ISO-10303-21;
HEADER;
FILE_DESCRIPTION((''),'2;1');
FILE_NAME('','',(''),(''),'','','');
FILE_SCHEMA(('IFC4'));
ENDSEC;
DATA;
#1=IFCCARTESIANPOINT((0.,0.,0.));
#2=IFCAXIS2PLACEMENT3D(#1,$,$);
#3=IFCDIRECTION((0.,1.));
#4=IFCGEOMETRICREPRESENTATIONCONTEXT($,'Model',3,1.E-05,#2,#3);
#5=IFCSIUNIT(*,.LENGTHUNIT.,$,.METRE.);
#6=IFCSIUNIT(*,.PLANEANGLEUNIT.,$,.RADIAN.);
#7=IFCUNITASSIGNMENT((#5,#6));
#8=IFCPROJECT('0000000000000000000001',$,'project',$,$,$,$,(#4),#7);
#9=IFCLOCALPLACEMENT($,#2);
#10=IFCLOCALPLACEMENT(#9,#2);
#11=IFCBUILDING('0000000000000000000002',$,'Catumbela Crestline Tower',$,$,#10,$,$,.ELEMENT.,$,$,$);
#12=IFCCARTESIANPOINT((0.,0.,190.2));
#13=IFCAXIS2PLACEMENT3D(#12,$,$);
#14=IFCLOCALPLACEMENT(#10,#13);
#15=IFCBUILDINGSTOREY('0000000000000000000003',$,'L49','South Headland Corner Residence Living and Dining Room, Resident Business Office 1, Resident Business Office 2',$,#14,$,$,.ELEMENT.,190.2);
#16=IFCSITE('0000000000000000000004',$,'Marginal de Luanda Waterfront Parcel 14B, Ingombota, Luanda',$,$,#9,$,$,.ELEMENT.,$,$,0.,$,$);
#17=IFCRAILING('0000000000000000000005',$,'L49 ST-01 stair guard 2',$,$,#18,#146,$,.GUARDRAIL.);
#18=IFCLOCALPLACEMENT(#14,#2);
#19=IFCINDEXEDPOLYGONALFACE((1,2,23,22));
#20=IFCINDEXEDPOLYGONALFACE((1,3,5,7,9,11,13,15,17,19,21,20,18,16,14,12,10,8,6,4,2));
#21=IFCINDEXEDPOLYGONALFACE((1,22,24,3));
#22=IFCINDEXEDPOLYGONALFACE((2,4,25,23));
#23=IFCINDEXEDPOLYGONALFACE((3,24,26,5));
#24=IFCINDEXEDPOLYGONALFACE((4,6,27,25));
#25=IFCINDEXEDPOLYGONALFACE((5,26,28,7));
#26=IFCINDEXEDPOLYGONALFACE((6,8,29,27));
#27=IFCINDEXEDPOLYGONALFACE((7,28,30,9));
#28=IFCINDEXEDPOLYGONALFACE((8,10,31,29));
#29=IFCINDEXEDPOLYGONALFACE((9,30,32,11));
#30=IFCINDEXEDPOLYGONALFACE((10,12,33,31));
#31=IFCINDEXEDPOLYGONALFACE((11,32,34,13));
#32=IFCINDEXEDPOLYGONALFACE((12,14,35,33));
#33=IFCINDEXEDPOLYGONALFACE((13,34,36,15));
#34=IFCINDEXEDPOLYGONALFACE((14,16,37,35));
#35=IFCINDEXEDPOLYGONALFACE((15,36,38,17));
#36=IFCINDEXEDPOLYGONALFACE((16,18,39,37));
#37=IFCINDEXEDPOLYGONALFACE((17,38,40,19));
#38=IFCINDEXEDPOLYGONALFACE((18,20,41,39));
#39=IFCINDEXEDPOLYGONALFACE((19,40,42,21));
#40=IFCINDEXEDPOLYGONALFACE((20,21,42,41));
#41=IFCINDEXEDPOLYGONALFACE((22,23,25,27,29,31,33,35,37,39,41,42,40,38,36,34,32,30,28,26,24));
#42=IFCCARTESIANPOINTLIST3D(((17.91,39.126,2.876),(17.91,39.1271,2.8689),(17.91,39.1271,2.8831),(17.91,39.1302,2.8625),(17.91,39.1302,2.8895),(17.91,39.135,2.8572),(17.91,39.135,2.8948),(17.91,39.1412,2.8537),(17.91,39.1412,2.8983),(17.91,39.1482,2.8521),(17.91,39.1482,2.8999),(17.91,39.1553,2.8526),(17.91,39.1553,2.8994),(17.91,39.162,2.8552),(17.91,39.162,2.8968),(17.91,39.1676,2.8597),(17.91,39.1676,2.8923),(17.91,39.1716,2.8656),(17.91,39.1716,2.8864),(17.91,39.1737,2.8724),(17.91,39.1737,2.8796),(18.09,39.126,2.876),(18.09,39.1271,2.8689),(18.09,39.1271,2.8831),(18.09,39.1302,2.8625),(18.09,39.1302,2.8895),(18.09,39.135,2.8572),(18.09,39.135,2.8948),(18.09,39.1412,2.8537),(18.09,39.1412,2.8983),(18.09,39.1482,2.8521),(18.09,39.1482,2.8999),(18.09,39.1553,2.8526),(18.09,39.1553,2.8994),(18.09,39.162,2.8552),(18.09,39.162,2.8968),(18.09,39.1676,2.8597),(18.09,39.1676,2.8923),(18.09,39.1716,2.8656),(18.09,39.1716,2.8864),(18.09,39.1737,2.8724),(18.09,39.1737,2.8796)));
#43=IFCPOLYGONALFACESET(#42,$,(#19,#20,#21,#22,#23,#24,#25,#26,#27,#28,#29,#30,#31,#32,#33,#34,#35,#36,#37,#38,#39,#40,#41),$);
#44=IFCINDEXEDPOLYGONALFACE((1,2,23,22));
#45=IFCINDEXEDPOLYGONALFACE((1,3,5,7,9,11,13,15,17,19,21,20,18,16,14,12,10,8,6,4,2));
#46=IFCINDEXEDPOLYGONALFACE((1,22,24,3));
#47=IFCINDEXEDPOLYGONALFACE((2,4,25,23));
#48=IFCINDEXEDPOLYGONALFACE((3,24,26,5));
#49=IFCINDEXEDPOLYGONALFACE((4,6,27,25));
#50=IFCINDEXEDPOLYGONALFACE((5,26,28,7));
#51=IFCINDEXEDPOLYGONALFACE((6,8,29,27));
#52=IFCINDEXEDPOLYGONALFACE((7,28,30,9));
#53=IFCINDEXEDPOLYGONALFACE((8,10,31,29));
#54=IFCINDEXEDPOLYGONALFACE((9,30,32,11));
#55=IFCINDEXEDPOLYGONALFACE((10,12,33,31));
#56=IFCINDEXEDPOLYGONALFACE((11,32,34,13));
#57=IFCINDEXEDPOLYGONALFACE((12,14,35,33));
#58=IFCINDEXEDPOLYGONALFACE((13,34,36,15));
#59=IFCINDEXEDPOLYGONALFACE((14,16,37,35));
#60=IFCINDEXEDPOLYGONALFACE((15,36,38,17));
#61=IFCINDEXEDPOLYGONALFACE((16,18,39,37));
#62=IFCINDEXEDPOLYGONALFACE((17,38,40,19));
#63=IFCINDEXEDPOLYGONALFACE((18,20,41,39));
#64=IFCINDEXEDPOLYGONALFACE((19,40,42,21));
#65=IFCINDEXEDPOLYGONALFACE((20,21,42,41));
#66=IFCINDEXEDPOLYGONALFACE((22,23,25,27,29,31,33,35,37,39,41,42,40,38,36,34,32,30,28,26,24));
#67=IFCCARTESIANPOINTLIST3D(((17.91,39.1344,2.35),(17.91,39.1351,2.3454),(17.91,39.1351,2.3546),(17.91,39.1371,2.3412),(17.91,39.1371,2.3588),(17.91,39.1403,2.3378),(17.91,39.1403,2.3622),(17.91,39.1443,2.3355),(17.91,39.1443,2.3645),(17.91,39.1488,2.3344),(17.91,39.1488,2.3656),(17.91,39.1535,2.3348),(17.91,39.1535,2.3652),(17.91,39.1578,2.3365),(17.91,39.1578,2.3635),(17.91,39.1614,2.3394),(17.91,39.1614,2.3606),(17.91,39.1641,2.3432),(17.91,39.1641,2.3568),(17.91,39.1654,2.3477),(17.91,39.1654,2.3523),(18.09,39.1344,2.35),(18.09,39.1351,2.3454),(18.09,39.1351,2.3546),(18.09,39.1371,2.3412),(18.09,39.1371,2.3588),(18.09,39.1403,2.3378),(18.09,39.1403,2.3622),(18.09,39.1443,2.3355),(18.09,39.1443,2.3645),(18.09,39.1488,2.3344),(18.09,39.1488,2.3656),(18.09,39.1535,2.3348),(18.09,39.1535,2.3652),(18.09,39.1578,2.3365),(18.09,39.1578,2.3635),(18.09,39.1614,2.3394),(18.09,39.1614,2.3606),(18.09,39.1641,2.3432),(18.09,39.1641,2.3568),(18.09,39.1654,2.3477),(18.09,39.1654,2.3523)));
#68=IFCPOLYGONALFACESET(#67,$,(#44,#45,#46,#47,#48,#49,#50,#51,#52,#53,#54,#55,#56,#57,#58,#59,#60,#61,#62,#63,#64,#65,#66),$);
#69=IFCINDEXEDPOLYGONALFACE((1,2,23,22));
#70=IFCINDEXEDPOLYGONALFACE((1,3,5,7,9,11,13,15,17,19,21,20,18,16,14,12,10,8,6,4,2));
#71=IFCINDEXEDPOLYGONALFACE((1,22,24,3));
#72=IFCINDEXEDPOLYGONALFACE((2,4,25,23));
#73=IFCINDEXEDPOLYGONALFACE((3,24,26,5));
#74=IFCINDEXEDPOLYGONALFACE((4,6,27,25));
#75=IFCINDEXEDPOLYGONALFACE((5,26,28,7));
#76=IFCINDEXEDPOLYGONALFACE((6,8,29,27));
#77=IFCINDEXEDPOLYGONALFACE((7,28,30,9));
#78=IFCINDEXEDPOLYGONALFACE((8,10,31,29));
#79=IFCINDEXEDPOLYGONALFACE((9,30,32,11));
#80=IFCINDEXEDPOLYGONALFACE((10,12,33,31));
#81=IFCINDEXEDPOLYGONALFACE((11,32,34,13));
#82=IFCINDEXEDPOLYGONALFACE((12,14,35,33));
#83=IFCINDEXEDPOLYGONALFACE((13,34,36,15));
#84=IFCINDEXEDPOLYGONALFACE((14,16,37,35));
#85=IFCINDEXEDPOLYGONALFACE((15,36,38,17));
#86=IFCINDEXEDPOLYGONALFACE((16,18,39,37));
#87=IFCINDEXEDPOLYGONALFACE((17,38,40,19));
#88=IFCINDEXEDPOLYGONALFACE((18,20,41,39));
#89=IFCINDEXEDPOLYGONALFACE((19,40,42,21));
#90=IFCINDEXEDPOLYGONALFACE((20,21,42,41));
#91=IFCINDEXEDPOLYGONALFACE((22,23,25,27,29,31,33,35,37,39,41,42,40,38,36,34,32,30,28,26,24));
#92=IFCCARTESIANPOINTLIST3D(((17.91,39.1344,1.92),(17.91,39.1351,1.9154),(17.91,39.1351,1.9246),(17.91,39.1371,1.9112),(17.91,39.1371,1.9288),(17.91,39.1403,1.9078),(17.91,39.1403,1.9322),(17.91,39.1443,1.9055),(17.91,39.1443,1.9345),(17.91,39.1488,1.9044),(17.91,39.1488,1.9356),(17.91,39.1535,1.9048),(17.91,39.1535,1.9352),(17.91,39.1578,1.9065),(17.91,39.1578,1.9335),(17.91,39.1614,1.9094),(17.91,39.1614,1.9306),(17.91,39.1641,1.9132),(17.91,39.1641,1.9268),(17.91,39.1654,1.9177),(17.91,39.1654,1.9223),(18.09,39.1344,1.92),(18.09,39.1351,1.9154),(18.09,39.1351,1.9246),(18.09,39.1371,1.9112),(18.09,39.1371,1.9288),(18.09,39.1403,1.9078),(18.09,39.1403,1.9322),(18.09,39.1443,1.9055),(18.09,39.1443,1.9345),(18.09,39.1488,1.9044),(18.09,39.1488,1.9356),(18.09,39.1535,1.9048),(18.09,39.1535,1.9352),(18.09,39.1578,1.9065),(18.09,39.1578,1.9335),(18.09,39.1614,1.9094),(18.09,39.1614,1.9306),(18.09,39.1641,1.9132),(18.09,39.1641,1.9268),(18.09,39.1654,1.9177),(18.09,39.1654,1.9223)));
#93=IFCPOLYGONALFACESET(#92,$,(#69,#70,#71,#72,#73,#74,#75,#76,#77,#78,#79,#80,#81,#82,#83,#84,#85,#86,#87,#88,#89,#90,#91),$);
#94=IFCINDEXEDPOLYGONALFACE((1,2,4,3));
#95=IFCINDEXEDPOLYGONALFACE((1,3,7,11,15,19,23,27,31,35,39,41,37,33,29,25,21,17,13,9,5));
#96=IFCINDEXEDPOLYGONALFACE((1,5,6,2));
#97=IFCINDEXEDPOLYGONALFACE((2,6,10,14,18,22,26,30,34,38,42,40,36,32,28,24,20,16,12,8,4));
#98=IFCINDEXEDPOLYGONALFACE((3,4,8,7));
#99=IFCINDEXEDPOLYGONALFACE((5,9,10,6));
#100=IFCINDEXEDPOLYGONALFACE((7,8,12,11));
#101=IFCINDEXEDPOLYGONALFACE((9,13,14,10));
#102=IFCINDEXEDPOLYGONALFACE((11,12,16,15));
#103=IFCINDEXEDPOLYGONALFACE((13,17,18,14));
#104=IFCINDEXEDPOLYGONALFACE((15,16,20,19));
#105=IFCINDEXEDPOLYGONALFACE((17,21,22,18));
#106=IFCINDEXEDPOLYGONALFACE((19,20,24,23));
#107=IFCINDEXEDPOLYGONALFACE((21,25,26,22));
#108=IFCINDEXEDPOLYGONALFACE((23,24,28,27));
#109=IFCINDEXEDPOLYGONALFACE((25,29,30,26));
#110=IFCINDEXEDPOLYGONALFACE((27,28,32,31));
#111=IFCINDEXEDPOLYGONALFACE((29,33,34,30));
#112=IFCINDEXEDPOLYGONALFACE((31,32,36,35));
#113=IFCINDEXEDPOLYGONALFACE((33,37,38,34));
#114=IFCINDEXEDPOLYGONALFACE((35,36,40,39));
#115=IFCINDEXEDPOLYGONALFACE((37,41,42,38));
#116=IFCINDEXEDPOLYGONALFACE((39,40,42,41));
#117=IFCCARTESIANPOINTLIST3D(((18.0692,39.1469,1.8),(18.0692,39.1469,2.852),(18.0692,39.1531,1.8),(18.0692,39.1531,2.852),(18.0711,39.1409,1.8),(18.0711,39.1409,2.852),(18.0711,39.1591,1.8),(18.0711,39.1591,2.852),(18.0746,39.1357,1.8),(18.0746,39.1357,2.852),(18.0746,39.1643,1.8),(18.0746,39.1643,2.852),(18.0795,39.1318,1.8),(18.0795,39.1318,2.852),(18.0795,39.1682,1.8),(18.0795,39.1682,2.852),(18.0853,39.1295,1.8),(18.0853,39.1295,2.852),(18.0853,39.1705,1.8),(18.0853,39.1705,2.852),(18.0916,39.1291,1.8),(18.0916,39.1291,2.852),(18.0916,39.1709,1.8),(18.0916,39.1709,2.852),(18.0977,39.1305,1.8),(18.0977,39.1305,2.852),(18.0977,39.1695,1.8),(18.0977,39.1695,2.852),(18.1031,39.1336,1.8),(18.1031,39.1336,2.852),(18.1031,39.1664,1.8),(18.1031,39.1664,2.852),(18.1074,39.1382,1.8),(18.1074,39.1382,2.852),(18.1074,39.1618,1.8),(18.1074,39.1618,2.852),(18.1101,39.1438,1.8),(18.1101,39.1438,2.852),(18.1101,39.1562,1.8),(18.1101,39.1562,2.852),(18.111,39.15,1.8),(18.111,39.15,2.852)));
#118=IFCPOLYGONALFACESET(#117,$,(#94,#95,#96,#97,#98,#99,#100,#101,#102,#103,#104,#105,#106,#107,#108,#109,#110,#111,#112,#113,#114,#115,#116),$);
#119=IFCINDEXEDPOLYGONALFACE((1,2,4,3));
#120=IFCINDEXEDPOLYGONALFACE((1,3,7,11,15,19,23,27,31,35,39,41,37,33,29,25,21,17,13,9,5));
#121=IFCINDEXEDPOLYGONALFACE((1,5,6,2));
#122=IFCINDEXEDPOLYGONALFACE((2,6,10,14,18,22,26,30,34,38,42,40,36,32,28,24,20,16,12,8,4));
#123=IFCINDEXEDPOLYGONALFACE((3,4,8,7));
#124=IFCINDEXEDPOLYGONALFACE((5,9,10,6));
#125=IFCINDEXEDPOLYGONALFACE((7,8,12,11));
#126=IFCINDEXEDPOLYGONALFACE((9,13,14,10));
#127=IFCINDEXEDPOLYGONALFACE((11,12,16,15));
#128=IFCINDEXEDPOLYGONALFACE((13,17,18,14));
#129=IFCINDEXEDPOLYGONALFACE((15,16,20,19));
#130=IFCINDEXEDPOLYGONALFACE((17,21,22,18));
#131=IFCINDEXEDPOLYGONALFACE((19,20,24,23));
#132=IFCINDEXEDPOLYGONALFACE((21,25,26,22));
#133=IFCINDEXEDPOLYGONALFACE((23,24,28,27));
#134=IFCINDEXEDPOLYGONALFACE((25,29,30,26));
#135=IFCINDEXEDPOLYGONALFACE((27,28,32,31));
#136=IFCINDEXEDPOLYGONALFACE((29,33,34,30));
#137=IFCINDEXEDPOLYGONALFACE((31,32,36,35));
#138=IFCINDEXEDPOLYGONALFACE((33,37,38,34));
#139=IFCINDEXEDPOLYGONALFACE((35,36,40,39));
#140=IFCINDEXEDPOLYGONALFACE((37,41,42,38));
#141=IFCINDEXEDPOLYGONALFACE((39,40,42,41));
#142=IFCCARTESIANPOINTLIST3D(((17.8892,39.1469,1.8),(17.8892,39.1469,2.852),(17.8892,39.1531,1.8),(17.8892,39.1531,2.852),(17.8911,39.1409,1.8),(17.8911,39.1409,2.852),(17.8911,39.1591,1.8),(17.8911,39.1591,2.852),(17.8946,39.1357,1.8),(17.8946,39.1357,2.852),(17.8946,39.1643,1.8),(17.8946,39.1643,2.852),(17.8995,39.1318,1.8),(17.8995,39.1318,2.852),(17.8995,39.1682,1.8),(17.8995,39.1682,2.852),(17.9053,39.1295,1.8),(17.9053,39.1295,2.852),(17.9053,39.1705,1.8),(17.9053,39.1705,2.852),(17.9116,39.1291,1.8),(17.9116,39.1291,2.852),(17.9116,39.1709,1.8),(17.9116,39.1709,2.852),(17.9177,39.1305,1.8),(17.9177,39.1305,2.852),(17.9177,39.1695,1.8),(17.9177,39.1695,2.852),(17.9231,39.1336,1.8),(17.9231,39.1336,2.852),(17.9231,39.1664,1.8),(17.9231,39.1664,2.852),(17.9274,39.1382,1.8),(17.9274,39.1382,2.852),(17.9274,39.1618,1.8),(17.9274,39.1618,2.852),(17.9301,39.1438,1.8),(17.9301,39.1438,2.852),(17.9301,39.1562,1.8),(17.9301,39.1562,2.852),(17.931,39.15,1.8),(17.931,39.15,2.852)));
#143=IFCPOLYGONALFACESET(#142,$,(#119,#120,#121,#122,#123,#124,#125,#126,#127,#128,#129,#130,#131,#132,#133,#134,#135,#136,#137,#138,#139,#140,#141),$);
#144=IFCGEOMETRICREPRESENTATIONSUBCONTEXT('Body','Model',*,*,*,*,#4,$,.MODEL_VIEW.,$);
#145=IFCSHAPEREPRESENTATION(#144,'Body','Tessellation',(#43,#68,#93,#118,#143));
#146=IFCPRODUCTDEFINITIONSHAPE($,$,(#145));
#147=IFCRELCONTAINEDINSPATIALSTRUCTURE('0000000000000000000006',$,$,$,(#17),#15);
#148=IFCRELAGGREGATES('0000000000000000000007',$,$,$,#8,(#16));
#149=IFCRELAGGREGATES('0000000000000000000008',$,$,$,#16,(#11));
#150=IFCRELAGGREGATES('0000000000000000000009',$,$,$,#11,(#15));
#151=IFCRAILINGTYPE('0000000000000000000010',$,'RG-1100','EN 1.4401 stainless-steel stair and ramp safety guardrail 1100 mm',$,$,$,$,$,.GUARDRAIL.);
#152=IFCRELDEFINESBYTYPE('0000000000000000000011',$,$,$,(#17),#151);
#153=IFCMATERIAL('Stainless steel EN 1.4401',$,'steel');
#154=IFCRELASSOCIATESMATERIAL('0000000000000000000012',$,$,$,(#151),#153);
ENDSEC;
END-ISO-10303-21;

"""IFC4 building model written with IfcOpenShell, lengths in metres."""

from ifc_helpers import new_model, si_unit, direction, frame, origin, origin_2d, place, context, subcontext, project, spatial, circle, extrude, material, type_object, element, save


model = new_model("IFC4")

# Units and contexts
model_context = context("Model", 3, precision=1e-05, world=origin(), true_north=direction((0.0, 1.0)))
body_context = subcontext(model_context, "Body", "Model", "MODEL_VIEW")
ifc_project = project(units=[si_unit("LENGTHUNIT", "METRE"), si_unit("PLANEANGLEUNIT", "RADIAN")], contexts=[model_context])

# Site, building, storey
site_placement = place(None, origin())
site = spatial("IfcSite", under=ifc_project, at=site_placement, Name="Marginal de Luanda Waterfront Parcel 14B, Ingombota, Luanda", CompositionType="ELEMENT", RefElevation=0.0)
building_placement = place(site_placement, origin())
building = spatial("IfcBuilding", under=site, at=building_placement, Name="Catumbela Crestline Tower", CompositionType="ELEMENT")
storey_placement = place(building_placement, frame((0.0, 0.0, 190.2)))
storey = spatial("IfcBuildingStorey", under=building, at=storey_placement, Name="L49", Description="South Headland Corner Residence Living and Dining Room, Resident Business Office 1, Resident Business Office 2", CompositionType="ELEMENT", Elevation=190.2)

# Railing
ifc_material_1 = material(Name="Stainless steel EN 1.4401", Category="steel")
railing_type = type_object("IfcRailingType", Name="RG-1100", Description="EN 1.4401 stainless-steel stair and ramp safety guardrail 1100 mm", PredefinedType="GUARDRAIL", material=ifc_material_1)
railing_1_placement = place(storey_placement, frame((18.09, 39.15, 1.8)))
element("IfcRailing", 1, at=railing_1_placement, inside=storey, type_object=railing_type, Name="L49 ST-01 stair guard 2", PredefinedType="GUARDRAIL", context=body_context, shape_type="SweptSolid", body=[
    extrude(circle(Radius=0.024, at=origin_2d()), frame((0.0, 0.0, 1.076), z_axis=(-1.0, 0.0, 0.0), x_axis=(0.0, -1.0, 0.0)), (0.0, 0.0, 1.0), 0.18),
    extrude(circle(Radius=0.0156, at=origin_2d()), frame((0.0, 0.0, 0.55), z_axis=(-1.0, 0.0, 0.0), x_axis=(0.0, -1.0, 0.0)), (0.0, 0.0, 1.0), 0.18),
    extrude(circle(Radius=0.0156, at=origin_2d()), frame((0.0, 0.0, 0.12), z_axis=(-1.0, 0.0, 0.0), x_axis=(0.0, -1.0, 0.0)), (0.0, 0.0, 1.0), 0.18),
    extrude(circle(Radius=0.021, at=origin_2d()), origin(), (0.0, 0.0, 1.0), 1.052),
    extrude(circle(Radius=0.021, at=origin_2d()), frame((-0.18, 0.0, 0.0)), (0.0, 0.0, 1.0), 1.052),
])

save(model, "model.ifc")
